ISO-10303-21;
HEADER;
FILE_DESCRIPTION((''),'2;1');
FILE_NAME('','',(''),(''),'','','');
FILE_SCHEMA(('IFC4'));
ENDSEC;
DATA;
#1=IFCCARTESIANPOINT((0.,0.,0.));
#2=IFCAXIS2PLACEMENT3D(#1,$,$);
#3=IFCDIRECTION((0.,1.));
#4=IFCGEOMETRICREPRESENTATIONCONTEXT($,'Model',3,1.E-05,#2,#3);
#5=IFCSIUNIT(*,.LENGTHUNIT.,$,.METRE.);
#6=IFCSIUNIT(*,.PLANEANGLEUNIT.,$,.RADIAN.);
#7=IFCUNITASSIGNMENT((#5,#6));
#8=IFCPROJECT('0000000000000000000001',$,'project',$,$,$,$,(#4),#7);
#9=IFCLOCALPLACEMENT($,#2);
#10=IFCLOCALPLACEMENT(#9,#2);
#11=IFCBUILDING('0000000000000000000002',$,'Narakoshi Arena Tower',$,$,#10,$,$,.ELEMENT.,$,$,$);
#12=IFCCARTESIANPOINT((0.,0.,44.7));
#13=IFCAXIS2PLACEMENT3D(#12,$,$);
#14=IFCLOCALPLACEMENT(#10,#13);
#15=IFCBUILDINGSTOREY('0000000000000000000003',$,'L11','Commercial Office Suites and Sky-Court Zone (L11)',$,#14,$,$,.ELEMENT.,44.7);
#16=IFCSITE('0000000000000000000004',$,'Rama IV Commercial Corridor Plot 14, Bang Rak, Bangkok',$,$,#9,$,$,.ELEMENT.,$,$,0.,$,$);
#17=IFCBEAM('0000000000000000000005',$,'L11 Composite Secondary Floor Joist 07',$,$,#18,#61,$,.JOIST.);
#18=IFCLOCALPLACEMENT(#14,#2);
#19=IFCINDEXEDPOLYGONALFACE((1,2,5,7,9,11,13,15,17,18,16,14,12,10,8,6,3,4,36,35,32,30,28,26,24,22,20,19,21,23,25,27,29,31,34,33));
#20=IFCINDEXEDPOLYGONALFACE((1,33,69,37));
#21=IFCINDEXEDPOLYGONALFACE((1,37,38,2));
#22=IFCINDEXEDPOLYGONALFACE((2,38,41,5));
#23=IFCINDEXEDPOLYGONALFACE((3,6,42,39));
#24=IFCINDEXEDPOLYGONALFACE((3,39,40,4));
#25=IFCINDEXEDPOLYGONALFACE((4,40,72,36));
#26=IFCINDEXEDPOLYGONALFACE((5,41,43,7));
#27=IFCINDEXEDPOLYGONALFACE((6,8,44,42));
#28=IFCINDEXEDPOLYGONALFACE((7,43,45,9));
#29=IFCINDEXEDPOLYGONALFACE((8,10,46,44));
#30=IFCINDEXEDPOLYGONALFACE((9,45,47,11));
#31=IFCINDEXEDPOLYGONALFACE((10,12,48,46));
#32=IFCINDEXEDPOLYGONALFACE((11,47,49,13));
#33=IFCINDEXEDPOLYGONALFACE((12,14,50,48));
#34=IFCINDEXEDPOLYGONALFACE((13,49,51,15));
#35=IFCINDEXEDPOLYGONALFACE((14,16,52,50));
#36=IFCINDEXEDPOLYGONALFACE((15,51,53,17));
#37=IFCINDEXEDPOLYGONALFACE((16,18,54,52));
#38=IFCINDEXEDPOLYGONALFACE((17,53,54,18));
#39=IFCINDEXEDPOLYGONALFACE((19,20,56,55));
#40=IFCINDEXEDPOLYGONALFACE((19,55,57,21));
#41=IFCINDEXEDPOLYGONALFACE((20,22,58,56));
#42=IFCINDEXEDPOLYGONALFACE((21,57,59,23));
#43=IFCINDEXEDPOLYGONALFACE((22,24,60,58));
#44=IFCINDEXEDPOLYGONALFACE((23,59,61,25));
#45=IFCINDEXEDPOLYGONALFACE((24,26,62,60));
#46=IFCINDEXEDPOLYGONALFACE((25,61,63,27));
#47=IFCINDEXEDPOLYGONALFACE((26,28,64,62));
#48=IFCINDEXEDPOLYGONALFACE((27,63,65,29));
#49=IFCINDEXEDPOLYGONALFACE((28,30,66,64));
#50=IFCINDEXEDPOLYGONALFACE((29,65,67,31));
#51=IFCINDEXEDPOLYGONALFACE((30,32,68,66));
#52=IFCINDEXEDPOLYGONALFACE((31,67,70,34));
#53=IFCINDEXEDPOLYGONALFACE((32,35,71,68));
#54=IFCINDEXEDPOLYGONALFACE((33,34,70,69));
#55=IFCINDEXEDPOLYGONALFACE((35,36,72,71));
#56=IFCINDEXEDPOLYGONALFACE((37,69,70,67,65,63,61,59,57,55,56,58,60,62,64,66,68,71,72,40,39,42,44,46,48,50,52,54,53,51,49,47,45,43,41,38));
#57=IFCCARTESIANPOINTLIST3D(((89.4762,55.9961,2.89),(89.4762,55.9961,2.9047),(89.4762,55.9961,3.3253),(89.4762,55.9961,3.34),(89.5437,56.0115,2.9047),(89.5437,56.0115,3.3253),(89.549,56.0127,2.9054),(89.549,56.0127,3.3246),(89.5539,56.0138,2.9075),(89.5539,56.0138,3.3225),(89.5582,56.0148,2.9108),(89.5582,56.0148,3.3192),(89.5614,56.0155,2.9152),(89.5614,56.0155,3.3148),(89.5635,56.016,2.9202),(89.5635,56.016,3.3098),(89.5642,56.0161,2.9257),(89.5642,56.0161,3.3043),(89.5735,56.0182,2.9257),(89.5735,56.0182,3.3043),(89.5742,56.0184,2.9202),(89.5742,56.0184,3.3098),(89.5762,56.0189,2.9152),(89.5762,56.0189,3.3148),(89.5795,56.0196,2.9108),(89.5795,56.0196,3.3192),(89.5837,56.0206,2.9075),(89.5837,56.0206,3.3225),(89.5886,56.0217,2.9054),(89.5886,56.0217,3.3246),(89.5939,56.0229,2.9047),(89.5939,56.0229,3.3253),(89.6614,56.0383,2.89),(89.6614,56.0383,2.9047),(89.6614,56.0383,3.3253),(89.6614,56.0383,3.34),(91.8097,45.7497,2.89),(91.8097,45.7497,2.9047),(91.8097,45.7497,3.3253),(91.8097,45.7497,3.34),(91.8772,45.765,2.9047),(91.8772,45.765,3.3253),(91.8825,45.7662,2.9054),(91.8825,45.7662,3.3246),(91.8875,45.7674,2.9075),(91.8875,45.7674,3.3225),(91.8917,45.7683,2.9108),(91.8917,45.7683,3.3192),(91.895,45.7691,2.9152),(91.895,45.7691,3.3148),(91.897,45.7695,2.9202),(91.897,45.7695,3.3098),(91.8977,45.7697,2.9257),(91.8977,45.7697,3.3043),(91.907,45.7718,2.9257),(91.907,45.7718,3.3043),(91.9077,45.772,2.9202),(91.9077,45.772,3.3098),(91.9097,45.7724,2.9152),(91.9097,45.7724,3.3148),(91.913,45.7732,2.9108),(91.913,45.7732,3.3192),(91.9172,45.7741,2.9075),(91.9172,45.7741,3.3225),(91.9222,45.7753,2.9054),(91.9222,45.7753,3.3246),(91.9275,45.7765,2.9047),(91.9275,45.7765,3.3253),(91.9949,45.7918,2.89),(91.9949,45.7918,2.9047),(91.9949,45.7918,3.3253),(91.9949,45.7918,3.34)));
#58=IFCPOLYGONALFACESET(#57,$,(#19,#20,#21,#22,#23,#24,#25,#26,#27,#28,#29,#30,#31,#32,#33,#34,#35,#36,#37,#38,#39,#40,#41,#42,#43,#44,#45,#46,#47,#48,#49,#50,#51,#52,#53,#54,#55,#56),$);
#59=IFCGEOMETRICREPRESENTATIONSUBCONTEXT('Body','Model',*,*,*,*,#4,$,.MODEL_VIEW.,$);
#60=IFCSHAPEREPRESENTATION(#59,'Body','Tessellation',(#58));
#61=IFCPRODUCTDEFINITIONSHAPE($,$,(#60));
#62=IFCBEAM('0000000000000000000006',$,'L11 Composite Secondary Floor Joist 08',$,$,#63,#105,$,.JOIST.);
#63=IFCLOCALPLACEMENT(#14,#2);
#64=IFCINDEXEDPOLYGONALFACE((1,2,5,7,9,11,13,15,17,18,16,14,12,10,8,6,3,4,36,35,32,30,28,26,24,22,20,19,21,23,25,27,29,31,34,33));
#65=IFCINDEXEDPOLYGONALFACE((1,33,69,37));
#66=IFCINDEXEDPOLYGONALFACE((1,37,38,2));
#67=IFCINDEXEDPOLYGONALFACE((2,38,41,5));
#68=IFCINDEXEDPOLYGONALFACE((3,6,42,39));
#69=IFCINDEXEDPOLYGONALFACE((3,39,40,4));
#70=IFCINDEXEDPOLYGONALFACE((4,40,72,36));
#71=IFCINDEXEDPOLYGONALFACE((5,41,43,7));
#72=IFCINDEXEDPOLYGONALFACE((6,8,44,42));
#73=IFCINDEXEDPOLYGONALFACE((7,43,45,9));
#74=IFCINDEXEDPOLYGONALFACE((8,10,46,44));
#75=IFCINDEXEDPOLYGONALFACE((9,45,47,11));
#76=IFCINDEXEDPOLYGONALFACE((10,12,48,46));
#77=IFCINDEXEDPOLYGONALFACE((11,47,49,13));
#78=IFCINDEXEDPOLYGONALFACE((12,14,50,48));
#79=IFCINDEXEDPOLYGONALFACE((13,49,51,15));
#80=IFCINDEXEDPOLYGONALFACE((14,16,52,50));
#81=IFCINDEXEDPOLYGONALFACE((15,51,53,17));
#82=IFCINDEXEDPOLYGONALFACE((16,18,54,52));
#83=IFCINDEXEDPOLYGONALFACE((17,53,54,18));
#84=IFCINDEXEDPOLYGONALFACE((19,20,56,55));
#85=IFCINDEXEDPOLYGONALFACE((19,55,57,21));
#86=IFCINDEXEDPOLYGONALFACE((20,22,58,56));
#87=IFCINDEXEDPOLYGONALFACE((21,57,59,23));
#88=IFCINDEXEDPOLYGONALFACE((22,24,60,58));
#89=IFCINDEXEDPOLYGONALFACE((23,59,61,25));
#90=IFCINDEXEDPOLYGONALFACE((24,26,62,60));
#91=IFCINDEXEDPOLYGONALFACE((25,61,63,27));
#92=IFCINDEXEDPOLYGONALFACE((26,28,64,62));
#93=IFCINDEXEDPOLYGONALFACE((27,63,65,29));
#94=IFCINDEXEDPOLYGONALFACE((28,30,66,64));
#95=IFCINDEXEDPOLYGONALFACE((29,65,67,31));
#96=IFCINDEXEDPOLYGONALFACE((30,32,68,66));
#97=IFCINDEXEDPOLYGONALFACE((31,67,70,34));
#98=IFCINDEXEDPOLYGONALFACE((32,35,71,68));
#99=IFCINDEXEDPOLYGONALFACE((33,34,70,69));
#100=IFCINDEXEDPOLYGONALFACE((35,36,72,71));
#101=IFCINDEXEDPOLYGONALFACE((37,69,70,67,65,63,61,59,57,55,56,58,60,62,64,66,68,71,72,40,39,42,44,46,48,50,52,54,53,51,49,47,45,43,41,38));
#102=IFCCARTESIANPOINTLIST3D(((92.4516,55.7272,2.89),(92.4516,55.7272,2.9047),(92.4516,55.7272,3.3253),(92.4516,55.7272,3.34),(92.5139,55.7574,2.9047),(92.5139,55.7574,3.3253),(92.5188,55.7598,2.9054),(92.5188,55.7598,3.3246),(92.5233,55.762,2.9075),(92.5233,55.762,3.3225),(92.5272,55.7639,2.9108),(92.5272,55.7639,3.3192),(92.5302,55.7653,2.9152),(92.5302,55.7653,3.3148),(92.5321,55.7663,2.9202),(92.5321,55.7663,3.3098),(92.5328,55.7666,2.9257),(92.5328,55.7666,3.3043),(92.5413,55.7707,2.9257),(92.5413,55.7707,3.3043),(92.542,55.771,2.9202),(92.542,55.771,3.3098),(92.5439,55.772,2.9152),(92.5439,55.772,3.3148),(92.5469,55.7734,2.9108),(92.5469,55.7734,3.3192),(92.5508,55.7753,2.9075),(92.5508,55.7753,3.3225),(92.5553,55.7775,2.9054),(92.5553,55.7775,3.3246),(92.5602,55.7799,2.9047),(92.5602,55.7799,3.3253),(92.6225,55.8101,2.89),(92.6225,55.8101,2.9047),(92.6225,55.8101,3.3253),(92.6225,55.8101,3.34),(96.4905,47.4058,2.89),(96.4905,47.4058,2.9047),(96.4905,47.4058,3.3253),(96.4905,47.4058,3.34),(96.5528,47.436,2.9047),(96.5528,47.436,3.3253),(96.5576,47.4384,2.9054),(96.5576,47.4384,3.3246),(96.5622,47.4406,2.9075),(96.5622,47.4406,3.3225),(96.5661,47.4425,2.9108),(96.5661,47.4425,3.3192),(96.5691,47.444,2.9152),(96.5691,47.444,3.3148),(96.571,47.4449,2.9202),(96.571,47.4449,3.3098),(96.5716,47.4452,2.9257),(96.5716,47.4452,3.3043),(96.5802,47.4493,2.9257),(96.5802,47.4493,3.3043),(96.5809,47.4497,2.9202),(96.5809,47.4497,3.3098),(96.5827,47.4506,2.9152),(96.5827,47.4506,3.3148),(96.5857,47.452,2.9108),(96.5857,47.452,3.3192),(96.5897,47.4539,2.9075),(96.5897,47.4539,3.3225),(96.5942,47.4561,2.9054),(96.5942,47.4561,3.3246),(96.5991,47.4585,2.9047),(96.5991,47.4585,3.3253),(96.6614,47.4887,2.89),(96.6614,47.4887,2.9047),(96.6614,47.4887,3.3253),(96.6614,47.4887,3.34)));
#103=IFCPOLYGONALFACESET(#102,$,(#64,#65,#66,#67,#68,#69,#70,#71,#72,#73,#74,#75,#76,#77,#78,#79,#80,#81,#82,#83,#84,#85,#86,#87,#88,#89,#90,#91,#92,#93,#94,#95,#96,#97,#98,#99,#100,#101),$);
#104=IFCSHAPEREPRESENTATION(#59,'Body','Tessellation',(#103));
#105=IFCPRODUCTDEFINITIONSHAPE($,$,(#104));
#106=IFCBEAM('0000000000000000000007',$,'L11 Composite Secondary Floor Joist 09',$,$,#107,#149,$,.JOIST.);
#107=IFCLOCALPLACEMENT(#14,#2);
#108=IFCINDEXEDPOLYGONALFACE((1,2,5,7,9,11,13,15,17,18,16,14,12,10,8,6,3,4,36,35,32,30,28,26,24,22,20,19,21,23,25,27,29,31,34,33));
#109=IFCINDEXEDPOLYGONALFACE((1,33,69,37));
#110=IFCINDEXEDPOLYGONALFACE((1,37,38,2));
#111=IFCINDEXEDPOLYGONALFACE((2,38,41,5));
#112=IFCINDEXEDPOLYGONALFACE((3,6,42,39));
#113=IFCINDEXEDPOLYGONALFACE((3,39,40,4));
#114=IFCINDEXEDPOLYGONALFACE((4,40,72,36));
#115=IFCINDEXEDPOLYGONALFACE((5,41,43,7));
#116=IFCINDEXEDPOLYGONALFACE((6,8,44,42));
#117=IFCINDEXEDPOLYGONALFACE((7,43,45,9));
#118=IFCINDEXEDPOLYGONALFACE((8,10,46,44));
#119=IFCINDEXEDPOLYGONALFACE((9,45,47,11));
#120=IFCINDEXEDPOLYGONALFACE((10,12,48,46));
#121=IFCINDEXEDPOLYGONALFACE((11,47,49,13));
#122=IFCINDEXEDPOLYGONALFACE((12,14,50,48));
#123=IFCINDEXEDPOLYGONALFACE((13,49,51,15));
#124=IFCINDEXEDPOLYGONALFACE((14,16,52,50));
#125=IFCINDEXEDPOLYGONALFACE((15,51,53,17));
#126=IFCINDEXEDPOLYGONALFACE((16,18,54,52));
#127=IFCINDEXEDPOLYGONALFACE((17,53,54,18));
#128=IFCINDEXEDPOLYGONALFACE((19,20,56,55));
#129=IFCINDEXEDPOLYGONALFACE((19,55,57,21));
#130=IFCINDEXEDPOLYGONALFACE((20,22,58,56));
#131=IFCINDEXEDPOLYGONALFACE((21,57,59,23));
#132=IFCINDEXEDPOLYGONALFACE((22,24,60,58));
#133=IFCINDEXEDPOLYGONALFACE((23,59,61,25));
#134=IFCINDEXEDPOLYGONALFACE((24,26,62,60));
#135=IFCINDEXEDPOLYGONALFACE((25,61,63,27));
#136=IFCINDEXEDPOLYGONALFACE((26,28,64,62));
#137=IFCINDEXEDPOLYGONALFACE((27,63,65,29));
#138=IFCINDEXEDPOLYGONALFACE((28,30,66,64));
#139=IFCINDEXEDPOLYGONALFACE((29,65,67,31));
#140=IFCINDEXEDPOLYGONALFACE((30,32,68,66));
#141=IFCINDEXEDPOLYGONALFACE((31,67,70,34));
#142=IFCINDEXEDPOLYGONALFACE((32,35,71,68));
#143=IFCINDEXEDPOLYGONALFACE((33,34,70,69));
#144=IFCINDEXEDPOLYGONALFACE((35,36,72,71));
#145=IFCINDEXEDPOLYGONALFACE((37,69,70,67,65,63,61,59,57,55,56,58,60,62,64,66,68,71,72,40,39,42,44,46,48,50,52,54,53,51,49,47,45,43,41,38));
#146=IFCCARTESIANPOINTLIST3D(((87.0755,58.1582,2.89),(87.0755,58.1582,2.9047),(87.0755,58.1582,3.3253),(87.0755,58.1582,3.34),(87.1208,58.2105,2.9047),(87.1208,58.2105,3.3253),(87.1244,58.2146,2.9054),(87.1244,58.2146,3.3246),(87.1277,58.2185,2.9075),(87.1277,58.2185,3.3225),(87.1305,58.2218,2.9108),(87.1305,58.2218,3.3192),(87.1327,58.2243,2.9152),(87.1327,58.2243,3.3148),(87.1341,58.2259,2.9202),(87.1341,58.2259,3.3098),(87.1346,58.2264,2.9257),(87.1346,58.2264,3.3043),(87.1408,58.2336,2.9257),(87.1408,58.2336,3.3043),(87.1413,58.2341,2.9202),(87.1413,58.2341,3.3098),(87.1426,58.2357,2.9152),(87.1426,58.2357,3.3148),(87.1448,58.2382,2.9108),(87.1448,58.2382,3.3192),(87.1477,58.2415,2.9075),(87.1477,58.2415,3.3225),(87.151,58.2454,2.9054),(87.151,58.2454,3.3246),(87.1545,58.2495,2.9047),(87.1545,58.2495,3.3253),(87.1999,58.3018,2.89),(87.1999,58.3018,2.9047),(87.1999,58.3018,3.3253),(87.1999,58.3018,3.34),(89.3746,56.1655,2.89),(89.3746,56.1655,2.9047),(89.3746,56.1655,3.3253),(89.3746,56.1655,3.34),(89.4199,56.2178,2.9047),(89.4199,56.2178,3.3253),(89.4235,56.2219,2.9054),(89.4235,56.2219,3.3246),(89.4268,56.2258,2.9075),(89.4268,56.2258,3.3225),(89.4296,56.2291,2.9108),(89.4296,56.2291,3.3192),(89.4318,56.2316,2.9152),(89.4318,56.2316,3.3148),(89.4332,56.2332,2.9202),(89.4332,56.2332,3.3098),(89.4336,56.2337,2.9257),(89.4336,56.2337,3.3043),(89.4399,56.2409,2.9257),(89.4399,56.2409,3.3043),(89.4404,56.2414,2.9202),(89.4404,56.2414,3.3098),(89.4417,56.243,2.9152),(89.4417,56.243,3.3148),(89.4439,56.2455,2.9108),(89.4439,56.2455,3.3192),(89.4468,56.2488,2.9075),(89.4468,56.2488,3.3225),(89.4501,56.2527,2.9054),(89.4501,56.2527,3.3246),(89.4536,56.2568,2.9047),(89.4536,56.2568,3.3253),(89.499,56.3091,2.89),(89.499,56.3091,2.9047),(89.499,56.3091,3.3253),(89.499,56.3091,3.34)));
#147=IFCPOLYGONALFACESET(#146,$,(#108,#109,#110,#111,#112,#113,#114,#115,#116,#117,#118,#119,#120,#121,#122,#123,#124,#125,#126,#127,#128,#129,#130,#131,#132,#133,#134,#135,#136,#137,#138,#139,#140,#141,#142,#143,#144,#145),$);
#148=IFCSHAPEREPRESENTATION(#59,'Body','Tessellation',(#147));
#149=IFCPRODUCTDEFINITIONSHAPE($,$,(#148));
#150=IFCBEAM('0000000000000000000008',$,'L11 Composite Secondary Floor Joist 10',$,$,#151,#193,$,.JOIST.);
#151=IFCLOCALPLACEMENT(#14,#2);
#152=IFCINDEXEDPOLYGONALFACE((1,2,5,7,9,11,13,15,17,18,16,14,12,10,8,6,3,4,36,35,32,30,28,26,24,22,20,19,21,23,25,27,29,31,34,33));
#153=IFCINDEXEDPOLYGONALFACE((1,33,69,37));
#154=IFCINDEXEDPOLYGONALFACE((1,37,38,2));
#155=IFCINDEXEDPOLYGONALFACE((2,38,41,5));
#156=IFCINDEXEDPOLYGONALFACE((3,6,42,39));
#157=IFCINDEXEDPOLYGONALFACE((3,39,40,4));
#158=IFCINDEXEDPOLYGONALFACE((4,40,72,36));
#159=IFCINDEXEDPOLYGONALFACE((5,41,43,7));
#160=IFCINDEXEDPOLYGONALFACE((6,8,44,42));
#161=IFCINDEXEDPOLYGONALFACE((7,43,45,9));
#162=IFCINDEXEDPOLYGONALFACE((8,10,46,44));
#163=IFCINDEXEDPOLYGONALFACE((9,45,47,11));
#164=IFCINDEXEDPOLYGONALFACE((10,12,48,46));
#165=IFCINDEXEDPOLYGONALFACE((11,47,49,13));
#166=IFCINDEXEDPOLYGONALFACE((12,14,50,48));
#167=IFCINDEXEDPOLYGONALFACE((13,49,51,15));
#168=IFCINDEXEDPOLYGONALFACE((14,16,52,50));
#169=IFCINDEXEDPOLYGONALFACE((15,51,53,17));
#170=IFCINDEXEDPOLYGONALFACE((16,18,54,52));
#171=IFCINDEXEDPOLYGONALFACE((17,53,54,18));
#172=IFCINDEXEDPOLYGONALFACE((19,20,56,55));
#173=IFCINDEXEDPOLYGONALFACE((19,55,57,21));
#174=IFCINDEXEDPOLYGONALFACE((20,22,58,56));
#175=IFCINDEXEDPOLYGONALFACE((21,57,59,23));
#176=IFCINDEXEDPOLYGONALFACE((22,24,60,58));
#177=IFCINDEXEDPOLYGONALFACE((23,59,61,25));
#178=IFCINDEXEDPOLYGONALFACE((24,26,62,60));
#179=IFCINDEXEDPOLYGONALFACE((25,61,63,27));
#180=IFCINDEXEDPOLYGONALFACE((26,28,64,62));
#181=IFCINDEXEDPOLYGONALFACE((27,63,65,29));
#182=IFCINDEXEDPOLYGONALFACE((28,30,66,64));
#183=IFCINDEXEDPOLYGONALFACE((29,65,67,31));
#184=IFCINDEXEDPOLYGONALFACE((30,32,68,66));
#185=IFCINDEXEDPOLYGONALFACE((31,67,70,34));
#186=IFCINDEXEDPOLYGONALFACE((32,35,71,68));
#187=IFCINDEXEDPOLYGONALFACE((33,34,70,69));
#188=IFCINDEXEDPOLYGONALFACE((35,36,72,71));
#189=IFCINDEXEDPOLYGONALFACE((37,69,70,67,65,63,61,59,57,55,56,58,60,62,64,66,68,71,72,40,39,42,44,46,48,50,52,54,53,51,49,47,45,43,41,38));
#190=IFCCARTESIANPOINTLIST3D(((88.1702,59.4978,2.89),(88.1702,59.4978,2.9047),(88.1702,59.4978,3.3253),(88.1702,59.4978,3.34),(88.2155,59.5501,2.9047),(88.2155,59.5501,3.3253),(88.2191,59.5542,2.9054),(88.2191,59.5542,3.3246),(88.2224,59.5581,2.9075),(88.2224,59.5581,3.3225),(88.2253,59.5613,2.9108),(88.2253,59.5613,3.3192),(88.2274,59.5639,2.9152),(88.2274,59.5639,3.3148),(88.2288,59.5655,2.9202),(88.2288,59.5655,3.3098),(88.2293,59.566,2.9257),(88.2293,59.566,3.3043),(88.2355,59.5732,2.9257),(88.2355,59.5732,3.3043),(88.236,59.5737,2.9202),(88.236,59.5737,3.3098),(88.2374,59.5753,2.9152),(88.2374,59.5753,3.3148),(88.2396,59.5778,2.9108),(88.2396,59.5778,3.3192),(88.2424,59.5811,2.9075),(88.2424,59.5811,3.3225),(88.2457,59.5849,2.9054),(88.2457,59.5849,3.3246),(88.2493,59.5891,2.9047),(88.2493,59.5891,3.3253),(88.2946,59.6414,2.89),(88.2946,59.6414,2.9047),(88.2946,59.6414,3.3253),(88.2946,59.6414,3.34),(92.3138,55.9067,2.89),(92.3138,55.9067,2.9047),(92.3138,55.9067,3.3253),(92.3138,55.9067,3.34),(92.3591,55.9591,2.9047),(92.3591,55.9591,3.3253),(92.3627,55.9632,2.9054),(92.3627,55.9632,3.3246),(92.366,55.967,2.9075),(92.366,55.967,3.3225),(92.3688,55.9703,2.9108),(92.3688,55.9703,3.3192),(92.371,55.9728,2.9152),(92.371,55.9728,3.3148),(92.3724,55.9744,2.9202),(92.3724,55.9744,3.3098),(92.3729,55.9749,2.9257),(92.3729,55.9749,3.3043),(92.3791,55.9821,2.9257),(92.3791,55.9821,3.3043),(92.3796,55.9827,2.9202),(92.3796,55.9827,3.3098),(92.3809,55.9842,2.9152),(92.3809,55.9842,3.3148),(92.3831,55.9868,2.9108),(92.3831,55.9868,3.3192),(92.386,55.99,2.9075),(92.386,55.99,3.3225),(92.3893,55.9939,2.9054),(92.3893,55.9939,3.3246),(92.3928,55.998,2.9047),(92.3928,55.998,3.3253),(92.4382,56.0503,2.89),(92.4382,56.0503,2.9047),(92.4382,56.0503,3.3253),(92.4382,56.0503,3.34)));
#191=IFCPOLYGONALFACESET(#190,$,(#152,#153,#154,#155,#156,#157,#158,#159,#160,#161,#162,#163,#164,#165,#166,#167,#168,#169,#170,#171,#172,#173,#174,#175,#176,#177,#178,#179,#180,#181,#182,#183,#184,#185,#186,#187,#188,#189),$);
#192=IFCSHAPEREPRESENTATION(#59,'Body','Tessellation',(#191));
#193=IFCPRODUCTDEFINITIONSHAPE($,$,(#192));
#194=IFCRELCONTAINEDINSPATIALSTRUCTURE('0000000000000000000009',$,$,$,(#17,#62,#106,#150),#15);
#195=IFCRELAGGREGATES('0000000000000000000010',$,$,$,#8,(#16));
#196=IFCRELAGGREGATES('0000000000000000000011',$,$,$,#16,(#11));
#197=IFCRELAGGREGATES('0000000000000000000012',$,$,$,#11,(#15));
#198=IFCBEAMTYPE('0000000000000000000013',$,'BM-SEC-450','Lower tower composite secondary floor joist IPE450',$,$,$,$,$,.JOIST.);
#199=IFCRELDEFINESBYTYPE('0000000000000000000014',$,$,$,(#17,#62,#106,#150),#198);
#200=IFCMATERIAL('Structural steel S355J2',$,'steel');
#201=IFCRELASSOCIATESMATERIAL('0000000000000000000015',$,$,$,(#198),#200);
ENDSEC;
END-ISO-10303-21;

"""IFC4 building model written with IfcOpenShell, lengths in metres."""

from ifc_helpers import new_model, si_unit, direction, frame, origin, origin_2d, place, context, subcontext, project, spatial, i_section, extrude, material, material_profile, profile_set, type_object, element, save


model = new_model("IFC4")

# Units and contexts
model_context = context("Model", 3, precision=1e-05, world=origin(), true_north=direction((0.0, 1.0)))
body_context = subcontext(model_context, "Body", "Model", "MODEL_VIEW")
ifc_project = project(units=[si_unit("LENGTHUNIT", "METRE"), si_unit("PLANEANGLEUNIT", "RADIAN")], contexts=[model_context])

# Site, building, storey
site_placement = place(None, origin())
site = spatial("IfcSite", under=ifc_project, at=site_placement, Name="Rama IV Commercial Corridor Plot 14, Bang Rak, Bangkok", CompositionType="ELEMENT", RefElevation=0.0)
building_placement = place(site_placement, origin())
building = spatial("IfcBuilding", under=site, at=building_placement, Name="Narakoshi Arena Tower", CompositionType="ELEMENT")
storey_placement = place(building_placement, frame((0.0, 0.0, 44.7)))
storey = spatial("IfcBuildingStorey", under=building, at=storey_placement, Name="L11", Description="Commercial Office Suites and Sky-Court Zone (L11)", CompositionType="ELEMENT", Elevation=44.7)

# Beams
ifc_material_1 = material(Name="Structural steel S355J2", Category="steel")
ifc_material_profile_1 = material_profile(ifc_material_1, i_section(OverallWidth=0.1899, OverallDepth=0.45, WebThickness=0.0095, FlangeThickness=0.0146, FilletRadius=0.021, at=origin_2d()), Name="IPE450")
ifc_profile_set_1 = profile_set([ifc_material_profile_1], Name="Structural steel S355J2")
beam_type_1 = type_object("IfcBeamType", Name="BM-SEC-450", Description="Lower tower composite secondary floor joist IPE450", PredefinedType="JOIST", material=ifc_profile_set_1)
beam_1_placement = place(storey_placement, frame((91.9023, 45.7708, 3.115), z_axis=(-0.222054, 0.975034, 0.0), x_axis=(-0.975034, -0.222054, 0.0)))
element("IfcBeam", 1, at=beam_1_placement, inside=storey, type_object=beam_type_1, Name="L11 Composite Secondary Floor Joist 07", PredefinedType="JOIST", context=body_context, shape_type="SweptSolid", body=[
    extrude(i_section(OverallWidth=0.1899, OverallDepth=0.45, WebThickness=0.0095, FlangeThickness=0.0146, FilletRadius=0.021, at=origin_2d()), origin(), (0.0, 0.0, 1.0), 10.5088),
])
beam_2_placement = place(storey_placement, frame((96.5759, 47.4473, 3.115), z_axis=(-0.436646, 0.899633, 0.0), x_axis=(-0.899633, -0.436646, 0.0)))
element("IfcBeam", 2, at=beam_2_placement, inside=storey, type_object=beam_type_1, Name="L11 Composite Secondary Floor Joist 08", PredefinedType="JOIST", context=body_context, shape_type="SweptSolid", body=[
    extrude(i_section(OverallWidth=0.1899, OverallDepth=0.45, WebThickness=0.0095, FlangeThickness=0.0146, FilletRadius=0.021, at=origin_2d()), origin(), (0.0, 0.0, 1.0), 9.2498),
])
beam_3_placement = place(storey_placement, frame((89.4368, 56.2373, 3.115), z_axis=(-0.755665, 0.654958, 0.0), x_axis=(-0.654958, -0.755665, 0.0)))
element("IfcBeam", 3, at=beam_3_placement, inside=storey, type_object=beam_type_1, Name="L11 Composite Secondary Floor Joist 09", PredefinedType="JOIST", context=body_context, shape_type="SweptSolid", body=[
    extrude(i_section(OverallWidth=0.1899, OverallDepth=0.45, WebThickness=0.0095, FlangeThickness=0.0146, FilletRadius=0.021, at=origin_2d()), origin(), (0.0, 0.0, 1.0), 3.0425),
])
beam_4_placement = place(storey_placement, frame((92.376, 55.9785, 3.115), z_axis=(-0.755691, 0.654929, 0.0), x_axis=(-0.654929, -0.755691, 0.0)))
element("IfcBeam", 4, at=beam_4_placement, inside=storey, type_object=beam_type_1, Name="L11 Composite Secondary Floor Joist 10", PredefinedType="JOIST", context=body_context, shape_type="SweptSolid", body=[
    extrude(i_section(OverallWidth=0.1899, OverallDepth=0.45, WebThickness=0.0095, FlangeThickness=0.0146, FilletRadius=0.021, at=origin_2d()), origin(), (0.0, 0.0, 1.0), 5.4832),
])

save(model, "model.ifc")
